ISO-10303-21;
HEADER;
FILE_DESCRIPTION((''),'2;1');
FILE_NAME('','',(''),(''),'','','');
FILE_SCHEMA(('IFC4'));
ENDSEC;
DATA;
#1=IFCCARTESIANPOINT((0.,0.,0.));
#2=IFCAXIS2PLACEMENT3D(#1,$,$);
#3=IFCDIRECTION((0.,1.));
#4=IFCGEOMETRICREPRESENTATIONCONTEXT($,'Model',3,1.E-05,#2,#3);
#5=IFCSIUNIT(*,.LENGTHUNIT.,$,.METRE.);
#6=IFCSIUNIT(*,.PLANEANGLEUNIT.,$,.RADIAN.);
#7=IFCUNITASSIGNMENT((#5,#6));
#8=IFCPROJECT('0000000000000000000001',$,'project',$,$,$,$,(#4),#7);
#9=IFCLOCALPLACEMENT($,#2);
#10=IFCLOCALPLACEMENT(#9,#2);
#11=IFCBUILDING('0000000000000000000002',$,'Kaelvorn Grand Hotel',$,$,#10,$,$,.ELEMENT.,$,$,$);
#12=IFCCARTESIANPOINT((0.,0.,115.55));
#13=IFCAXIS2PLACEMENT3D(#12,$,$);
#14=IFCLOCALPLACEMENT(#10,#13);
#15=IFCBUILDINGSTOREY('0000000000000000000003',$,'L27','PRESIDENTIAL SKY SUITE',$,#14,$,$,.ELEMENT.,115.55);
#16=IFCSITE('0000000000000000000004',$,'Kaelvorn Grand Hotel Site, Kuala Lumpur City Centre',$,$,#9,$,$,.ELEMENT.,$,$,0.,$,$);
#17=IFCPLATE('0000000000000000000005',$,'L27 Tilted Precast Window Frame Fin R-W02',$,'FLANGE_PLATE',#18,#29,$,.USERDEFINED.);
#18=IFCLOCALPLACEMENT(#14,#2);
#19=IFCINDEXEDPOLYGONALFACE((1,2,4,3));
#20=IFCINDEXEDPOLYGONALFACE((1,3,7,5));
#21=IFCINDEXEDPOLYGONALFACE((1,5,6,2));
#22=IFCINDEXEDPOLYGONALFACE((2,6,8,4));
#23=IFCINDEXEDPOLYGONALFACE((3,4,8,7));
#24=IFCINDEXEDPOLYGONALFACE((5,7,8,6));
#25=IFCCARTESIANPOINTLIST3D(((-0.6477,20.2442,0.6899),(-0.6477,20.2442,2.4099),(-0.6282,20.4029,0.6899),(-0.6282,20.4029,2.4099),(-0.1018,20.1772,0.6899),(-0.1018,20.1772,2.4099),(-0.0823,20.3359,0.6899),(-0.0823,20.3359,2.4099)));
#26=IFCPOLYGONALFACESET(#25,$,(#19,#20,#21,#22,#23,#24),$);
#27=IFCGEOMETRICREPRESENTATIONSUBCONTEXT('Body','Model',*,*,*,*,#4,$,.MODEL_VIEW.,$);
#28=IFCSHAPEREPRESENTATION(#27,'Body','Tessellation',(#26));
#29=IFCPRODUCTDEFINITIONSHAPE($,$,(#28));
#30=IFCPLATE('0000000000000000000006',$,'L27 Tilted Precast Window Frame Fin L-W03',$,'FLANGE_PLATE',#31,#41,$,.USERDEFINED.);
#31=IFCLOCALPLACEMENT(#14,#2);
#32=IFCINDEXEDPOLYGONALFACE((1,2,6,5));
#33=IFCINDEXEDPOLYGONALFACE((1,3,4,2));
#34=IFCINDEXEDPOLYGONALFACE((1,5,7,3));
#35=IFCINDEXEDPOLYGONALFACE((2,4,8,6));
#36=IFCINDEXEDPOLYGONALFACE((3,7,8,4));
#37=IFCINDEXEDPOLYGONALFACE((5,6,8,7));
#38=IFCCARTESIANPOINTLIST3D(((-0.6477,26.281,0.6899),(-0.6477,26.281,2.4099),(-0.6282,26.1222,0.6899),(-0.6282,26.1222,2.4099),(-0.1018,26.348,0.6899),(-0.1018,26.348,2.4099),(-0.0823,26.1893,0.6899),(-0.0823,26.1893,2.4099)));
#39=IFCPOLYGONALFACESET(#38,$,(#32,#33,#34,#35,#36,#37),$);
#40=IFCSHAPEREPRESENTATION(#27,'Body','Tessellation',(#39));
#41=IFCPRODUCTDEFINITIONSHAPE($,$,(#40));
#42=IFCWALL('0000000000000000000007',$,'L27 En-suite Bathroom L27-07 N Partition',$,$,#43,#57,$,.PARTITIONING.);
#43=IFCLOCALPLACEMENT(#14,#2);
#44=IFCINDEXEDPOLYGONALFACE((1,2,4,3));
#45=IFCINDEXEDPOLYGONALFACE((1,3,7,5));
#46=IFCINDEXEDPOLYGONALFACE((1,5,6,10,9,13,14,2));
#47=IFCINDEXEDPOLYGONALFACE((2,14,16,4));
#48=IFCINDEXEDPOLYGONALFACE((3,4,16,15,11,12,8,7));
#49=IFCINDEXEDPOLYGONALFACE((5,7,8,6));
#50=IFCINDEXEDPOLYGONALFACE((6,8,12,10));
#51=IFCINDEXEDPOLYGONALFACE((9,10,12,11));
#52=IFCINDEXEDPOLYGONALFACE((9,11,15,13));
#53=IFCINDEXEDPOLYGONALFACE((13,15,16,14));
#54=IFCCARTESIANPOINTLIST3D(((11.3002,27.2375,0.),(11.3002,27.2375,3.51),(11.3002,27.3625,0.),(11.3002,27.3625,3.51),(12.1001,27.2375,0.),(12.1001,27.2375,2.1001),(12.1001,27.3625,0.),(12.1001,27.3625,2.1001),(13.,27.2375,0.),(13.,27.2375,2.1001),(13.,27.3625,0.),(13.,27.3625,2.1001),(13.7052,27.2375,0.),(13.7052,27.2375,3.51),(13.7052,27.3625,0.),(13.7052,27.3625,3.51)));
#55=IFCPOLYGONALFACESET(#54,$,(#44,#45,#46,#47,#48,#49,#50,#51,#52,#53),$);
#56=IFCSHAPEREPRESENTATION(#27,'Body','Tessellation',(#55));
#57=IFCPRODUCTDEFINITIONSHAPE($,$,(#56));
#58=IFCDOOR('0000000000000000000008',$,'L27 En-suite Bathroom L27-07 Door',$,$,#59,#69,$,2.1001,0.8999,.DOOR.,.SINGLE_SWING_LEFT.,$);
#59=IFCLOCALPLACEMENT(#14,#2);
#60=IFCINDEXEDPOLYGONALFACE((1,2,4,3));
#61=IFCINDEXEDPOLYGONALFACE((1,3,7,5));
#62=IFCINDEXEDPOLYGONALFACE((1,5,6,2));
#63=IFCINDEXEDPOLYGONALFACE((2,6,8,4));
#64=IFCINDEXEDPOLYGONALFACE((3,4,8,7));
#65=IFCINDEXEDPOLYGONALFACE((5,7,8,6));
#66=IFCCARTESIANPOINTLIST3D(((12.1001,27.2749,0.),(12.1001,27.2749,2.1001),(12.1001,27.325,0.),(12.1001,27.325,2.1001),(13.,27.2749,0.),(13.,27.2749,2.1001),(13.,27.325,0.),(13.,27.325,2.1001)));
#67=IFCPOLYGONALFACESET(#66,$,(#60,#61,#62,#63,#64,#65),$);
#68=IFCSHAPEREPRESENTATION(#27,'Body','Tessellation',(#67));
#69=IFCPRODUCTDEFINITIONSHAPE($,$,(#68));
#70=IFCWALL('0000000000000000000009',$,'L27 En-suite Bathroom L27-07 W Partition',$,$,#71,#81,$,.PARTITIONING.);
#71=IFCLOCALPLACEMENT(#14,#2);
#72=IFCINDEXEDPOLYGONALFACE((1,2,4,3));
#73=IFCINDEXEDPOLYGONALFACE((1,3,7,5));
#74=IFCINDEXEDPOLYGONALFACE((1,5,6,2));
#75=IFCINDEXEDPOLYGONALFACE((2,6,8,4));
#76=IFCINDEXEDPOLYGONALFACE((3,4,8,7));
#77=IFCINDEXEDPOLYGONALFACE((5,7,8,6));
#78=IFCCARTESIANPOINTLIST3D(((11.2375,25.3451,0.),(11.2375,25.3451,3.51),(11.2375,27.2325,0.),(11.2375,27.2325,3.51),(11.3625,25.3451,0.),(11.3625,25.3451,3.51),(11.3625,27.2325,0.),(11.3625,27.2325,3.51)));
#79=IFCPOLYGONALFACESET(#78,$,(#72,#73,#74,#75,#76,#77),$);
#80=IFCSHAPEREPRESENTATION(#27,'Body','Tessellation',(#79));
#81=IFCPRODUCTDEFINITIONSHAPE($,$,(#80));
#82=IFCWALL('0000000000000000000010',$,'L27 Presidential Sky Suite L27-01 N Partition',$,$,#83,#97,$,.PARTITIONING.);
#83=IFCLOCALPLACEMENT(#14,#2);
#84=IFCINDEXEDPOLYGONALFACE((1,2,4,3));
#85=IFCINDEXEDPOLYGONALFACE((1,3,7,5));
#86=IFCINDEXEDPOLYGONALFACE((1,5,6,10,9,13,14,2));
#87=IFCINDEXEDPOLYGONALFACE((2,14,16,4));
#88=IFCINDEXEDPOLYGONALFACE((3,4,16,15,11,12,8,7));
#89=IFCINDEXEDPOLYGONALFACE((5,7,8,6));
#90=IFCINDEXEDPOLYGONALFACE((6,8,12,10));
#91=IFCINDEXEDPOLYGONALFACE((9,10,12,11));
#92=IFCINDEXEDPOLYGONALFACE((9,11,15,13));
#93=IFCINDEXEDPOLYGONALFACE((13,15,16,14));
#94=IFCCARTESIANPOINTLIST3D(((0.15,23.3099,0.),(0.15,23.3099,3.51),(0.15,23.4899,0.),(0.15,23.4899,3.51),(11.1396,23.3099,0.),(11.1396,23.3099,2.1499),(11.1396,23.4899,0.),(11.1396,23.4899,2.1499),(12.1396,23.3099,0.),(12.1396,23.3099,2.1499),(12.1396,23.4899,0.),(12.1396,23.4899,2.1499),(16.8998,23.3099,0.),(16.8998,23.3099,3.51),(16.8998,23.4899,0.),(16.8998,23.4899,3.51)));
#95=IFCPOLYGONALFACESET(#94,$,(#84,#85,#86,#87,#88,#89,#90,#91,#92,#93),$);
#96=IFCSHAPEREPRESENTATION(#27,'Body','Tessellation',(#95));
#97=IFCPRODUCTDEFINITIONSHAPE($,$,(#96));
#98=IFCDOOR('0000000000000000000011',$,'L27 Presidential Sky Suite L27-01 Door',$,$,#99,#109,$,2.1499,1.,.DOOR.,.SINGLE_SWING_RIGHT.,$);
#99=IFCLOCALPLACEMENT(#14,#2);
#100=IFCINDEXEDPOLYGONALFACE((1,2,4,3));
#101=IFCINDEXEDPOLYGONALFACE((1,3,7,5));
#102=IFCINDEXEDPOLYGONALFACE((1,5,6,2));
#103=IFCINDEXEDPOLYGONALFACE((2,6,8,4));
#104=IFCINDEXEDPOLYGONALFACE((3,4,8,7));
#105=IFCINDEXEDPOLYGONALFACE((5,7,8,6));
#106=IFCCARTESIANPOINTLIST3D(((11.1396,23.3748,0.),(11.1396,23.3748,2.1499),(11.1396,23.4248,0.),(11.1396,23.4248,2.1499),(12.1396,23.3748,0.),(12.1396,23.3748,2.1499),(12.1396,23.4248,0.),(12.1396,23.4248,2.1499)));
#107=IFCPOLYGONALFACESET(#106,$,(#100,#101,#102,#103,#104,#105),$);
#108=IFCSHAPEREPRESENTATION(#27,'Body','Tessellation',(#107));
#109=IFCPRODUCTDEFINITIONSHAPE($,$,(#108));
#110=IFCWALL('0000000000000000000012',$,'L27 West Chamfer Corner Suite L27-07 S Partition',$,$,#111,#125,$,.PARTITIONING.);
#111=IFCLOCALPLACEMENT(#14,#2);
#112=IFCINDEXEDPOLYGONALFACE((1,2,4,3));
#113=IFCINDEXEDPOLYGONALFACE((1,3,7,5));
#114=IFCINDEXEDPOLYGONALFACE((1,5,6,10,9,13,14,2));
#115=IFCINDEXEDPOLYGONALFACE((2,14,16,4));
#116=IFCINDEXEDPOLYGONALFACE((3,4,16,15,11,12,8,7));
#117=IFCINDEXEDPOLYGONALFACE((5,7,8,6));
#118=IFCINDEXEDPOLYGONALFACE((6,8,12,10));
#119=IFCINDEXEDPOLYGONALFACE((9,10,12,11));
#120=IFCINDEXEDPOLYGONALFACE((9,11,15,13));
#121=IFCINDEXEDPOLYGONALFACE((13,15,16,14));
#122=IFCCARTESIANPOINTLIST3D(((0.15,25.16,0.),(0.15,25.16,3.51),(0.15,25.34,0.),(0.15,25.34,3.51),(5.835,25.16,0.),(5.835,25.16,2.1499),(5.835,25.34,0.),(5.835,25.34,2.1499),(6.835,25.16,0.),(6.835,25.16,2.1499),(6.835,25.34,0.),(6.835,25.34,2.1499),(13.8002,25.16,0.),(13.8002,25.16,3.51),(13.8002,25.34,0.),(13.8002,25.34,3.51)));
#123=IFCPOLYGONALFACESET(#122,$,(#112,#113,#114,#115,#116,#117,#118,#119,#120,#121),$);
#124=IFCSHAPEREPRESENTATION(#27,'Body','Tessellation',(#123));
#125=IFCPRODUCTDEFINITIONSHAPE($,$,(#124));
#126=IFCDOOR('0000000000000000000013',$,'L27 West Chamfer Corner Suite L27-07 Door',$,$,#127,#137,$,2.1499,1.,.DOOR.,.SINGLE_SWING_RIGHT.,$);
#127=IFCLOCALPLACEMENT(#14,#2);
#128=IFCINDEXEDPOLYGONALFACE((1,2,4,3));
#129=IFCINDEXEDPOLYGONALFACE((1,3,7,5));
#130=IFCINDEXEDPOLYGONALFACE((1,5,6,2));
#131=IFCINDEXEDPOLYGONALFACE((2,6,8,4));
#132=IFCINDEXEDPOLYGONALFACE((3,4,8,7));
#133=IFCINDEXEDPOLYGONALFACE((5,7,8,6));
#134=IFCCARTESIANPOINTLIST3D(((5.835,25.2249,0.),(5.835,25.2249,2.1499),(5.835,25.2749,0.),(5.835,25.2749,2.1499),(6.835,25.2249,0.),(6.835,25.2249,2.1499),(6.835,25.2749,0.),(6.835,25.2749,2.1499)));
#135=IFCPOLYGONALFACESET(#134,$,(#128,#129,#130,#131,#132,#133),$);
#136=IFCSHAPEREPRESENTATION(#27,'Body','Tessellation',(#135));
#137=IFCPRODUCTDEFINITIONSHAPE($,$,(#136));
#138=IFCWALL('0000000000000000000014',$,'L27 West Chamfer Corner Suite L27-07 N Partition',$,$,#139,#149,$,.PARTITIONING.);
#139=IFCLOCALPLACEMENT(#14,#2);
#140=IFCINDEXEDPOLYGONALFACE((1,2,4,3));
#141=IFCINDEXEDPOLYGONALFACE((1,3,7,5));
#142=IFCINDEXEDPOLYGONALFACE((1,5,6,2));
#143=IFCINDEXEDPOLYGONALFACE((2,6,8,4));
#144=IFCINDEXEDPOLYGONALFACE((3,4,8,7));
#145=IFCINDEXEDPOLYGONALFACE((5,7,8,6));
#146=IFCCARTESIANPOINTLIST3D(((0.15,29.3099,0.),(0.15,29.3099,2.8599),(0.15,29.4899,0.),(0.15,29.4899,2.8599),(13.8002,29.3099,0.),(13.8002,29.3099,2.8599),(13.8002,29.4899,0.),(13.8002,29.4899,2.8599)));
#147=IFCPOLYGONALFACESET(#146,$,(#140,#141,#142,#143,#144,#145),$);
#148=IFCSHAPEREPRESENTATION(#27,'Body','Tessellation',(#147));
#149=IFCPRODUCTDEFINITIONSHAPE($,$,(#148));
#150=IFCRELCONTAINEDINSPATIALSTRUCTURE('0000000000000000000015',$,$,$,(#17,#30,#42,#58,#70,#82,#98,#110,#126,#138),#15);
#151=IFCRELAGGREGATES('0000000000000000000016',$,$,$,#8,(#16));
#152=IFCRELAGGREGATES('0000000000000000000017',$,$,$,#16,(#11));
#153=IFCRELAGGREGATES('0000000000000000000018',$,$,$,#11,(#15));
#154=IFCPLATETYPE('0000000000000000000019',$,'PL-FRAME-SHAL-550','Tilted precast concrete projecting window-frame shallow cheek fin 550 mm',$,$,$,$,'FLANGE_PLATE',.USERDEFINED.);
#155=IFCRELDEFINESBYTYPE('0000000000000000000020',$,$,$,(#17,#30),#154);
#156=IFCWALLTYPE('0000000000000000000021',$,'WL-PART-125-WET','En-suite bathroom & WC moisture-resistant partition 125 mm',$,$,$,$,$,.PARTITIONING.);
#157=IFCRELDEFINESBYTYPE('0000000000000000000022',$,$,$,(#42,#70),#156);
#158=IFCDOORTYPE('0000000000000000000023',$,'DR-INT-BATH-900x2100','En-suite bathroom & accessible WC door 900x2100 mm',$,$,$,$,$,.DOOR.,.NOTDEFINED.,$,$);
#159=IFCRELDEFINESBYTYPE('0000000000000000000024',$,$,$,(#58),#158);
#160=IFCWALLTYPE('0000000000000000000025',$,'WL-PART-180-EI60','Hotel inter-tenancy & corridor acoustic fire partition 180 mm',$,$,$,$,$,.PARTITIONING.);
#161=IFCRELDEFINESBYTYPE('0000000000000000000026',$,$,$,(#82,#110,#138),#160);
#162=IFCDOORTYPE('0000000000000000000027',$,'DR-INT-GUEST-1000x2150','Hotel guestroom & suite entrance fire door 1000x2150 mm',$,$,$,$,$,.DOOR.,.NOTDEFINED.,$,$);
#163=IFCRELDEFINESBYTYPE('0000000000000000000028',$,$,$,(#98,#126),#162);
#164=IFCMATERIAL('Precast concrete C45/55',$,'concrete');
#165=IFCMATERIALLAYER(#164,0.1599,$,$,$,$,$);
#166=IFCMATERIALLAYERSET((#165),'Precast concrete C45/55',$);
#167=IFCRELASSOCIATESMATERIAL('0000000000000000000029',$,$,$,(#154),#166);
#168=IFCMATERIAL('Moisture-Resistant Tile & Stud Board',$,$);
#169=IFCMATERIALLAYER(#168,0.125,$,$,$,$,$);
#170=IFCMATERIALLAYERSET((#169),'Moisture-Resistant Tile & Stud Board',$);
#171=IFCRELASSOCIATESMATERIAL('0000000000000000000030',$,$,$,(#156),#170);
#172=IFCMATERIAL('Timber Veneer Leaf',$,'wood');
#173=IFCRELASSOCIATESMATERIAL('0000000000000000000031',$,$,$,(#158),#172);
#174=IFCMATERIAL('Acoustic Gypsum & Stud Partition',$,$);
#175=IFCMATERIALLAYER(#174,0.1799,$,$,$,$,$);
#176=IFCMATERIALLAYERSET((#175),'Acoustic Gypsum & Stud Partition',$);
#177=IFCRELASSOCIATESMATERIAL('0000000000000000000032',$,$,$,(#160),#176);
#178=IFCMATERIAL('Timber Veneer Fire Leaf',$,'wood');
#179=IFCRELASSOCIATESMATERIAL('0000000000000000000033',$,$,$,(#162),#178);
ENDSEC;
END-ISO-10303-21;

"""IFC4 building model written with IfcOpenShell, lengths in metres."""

from ifc_helpers import new_model, si_unit, direction, frame, frame_2d, origin, origin_2d, place, context, subcontext, project, spatial, rectangle, extrude, material, layer, layer_set, type_object, element, fill, save


model = new_model("IFC4")

# Units and contexts
model_context = context("Model", 3, precision=1e-05, world=origin(), true_north=direction((0.0, 1.0)))
body_context = subcontext(model_context, "Body", "Model", "MODEL_VIEW")
ifc_project = project(units=[si_unit("LENGTHUNIT", "METRE"), si_unit("PLANEANGLEUNIT", "RADIAN")], contexts=[model_context])

# Site, building, storey
site_placement = place(None, origin())
site = spatial("IfcSite", under=ifc_project, at=site_placement, Name="Kaelvorn Grand Hotel Site, Kuala Lumpur City Centre", CompositionType="ELEMENT", RefElevation=0.0)
building_placement = place(site_placement, origin())
building = spatial("IfcBuilding", under=site, at=building_placement, Name="Kaelvorn Grand Hotel", CompositionType="ELEMENT")
storey_placement = place(building_placement, frame((0.0, 0.0, 115.55)))
storey = spatial("IfcBuildingStorey", under=building, at=storey_placement, Name="L27", Description="PRESIDENTIAL SKY SUITE", CompositionType="ELEMENT", Elevation=115.55)

# Plates
ifc_material_1 = material(Name="Precast concrete C45/55", Category="concrete")
ifc_layer_1 = layer(ifc_material_1, 0.1599)
ifc_layer_set_1 = layer_set([ifc_layer_1], Name="Precast concrete C45/55")
plate_type_1 = type_object("IfcPlateType", Name="PL-FRAME-SHAL-550", Description="Tilted precast concrete projecting window-frame shallow cheek fin 550 mm", ElementType="FLANGE_PLATE", PredefinedType="USERDEFINED", material=ifc_layer_set_1)
for number, where, z_axis, x_axis, name in (
    (1, (-0.365, 20.29, 0.6899), (0.0, 0.0, 1.0), (0.121869, 0.992546, 0.0), "L27 Tilted Precast Window Frame Fin R-W02"),
    (2, (-0.365, 26.2351, 0.6899), (0.0, 0.0, 1.0), (-0.121869, 0.992546, 0.0), "L27 Tilted Precast Window Frame Fin L-W03"),
):
    element("IfcPlate", number, at=place(storey_placement, frame(where, z_axis=z_axis, x_axis=x_axis)), inside=storey, type_object=plate_type_1, Name=name, ObjectType="FLANGE_PLATE", PredefinedType="USERDEFINED", context=body_context, shape_type="SweptSolid", body=[
        extrude(rectangle(XDim=0.1599, YDim=0.55, at=origin_2d()), origin(), (0.0, 0.0, 1.0), 1.72),
    ])

# Wall, opening, door
ifc_material_2 = material(Name="Moisture-Resistant Tile & Stud Board")
ifc_layer_2 = layer(ifc_material_2, 0.125)
ifc_layer_set_2 = layer_set([ifc_layer_2], Name="Moisture-Resistant Tile & Stud Board")
wall_type_1 = type_object("IfcWallType", Name="WL-PART-125-WET", Description="En-suite bathroom & WC moisture-resistant partition 125 mm", PredefinedType="PARTITIONING", material=ifc_layer_set_2)
wall_1_placement = place(storey_placement, frame((11.3, 27.3, 0.0), z_axis=(0.0, 0.0, 1.0), x_axis=(1.0, 0.0, 0.0)))
wall_1 = element("IfcWall", 3, at=wall_1_placement, inside=storey, type_object=wall_type_1, Name="L27 En-suite Bathroom L27-07 N Partition", PredefinedType="PARTITIONING", context=body_context, shape_type="SweptSolid", body=[
    extrude(rectangle(XDim=2.405, YDim=0.125, at=frame_2d((1.2026, 0.0))), origin(), (0.0, 0.0, 1.0), 3.51),
])
opening_1_placement = place(wall_1_placement, frame((0.8, 0.0, 0.0)))
opening_1 = element("IfcOpeningElement", 4, at=opening_1_placement, cuts=wall_1, PredefinedType="OPENING", context=body_context, shape_type="SweptSolid", body=[
    extrude(rectangle(XDim=0.8999, YDim=2.1001, at=frame_2d((0.45, 1.05))), frame((0.0, 0.0725, 0.0), z_axis=(0.0, -1.0, 0.0), x_axis=(1.0, 0.0, 0.0)), (0.0, 0.0, 1.0), 0.145),
])
ifc_material_3 = material(Name="Timber Veneer Leaf", Category="wood")
door_type_1 = type_object("IfcDoorType", Name="DR-INT-BATH-900x2100", Description="En-suite bathroom & accessible WC door 900x2100 mm", OperationType="NOTDEFINED", PredefinedType="DOOR", material=ifc_material_3)
door_1_placement = place(opening_1_placement, origin())
door_1 = element("IfcDoor", 5, at=door_1_placement, inside=storey, type_object=door_type_1, Name="L27 En-suite Bathroom L27-07 Door", OperationType="SINGLE_SWING_LEFT", OverallHeight=2.1001, OverallWidth=0.8999, PredefinedType="DOOR", context=body_context, shape_type="SweptSolid", body=[
    extrude(rectangle(XDim=0.8999, YDim=2.1001, at=frame_2d((0.45, 1.05))), frame((0.0, 0.0249, 0.0), z_axis=(0.0, -1.0, 0.0), x_axis=(1.0, 0.0, 0.0)), (0.0, 0.0, 1.0), 0.05),
])
fill(opening_1, door_1)

# Wall
wall_2_placement = place(storey_placement, frame((11.3, 25.345, 0.0), z_axis=(0.0, 0.0, 1.0), x_axis=(0.0, 1.0, 0.0)))
element("IfcWall", 6, at=wall_2_placement, inside=storey, type_object=wall_type_1, Name="L27 En-suite Bathroom L27-07 W Partition", PredefinedType="PARTITIONING", context=body_context, shape_type="SweptSolid", body=[
    extrude(rectangle(XDim=1.8875, YDim=0.125, at=frame_2d((0.9438, 0.0))), origin(), (0.0, 0.0, 1.0), 3.51),
])

# Walls, openings, doors
ifc_material_4 = material(Name="Acoustic Gypsum & Stud Partition")
ifc_layer_3 = layer(ifc_material_4, 0.1799)
ifc_layer_set_3 = layer_set([ifc_layer_3], Name="Acoustic Gypsum & Stud Partition")
wall_type_2 = type_object("IfcWallType", Name="WL-PART-180-EI60", Description="Hotel inter-tenancy & corridor acoustic fire partition 180 mm", PredefinedType="PARTITIONING", material=ifc_layer_set_3)
wall_3_placement = place(storey_placement, frame((0.1499, 23.3999, 0.0), z_axis=(0.0, 0.0, 1.0), x_axis=(1.0, 0.0, 0.0)))
wall_3 = element("IfcWall", 7, at=wall_3_placement, inside=storey, type_object=wall_type_2, Name="L27 Presidential Sky Suite L27-01 N Partition", PredefinedType="PARTITIONING", context=body_context, shape_type="SweptSolid", body=[
    extrude(rectangle(XDim=16.7498, YDim=0.1799, at=frame_2d((8.375, 0.0))), origin(), (0.0, 0.0, 1.0), 3.51),
])
opening_2_placement = place(wall_3_placement, frame((10.9897, 0.0, 0.0)))
opening_2 = element("IfcOpeningElement", 8, at=opening_2_placement, cuts=wall_3, PredefinedType="OPENING", context=body_context, shape_type="SweptSolid", body=[
    extrude(rectangle(XDim=1.0, YDim=2.1499, at=frame_2d((0.5, 1.075))), frame((0.0, 0.1001, 0.0), z_axis=(0.0, -1.0, 0.0), x_axis=(1.0, 0.0, 0.0)), (0.0, 0.0, 1.0), 0.2),
])
ifc_material_5 = material(Name="Timber Veneer Fire Leaf", Category="wood")
door_type_2 = type_object("IfcDoorType", Name="DR-INT-GUEST-1000x2150", Description="Hotel guestroom & suite entrance fire door 1000x2150 mm", OperationType="NOTDEFINED", PredefinedType="DOOR", material=ifc_material_5)
door_2_placement = place(opening_2_placement, origin())
door_2 = element("IfcDoor", 9, at=door_2_placement, inside=storey, type_object=door_type_2, Name="L27 Presidential Sky Suite L27-01 Door", OperationType="SINGLE_SWING_RIGHT", OverallHeight=2.1499, OverallWidth=1.0, PredefinedType="DOOR", context=body_context, shape_type="SweptSolid", body=[
    extrude(rectangle(XDim=1.0, YDim=2.1499, at=frame_2d((0.5, 1.075))), frame((0.0, 0.0249, 0.0), z_axis=(0.0, -1.0, 0.0), x_axis=(1.0, 0.0, 0.0)), (0.0, 0.0, 1.0), 0.05),
])
fill(opening_2, door_2)
wall_4_placement = place(storey_placement, frame((0.1499, 25.25, 0.0), z_axis=(0.0, 0.0, 1.0), x_axis=(1.0, 0.0, 0.0)))
wall_4 = element("IfcWall", 10, at=wall_4_placement, inside=storey, type_object=wall_type_2, Name="L27 West Chamfer Corner Suite L27-07 S Partition", PredefinedType="PARTITIONING", context=body_context, shape_type="SweptSolid", body=[
    extrude(rectangle(XDim=13.6501, YDim=0.1799, at=frame_2d((6.8252, 0.0))), origin(), (0.0, 0.0, 1.0), 3.51),
])
opening_3_placement = place(wall_4_placement, frame((5.6851, 0.0, 0.0)))
opening_3 = element("IfcOpeningElement", 11, at=opening_3_placement, cuts=wall_4, PredefinedType="OPENING", context=body_context, shape_type="SweptSolid", body=[
    extrude(rectangle(XDim=1.0, YDim=2.1499, at=frame_2d((0.5, 1.075))), frame((0.0, 0.1001, 0.0), z_axis=(0.0, -1.0, 0.0), x_axis=(1.0, 0.0, 0.0)), (0.0, 0.0, 1.0), 0.2),
])
door_3_placement = place(opening_3_placement, origin())
door_3 = element("IfcDoor", 12, at=door_3_placement, inside=storey, type_object=door_type_2, Name="L27 West Chamfer Corner Suite L27-07 Door", OperationType="SINGLE_SWING_RIGHT", OverallHeight=2.1499, OverallWidth=1.0, PredefinedType="DOOR", context=body_context, shape_type="SweptSolid", body=[
    extrude(rectangle(XDim=1.0, YDim=2.1499, at=frame_2d((0.5, 1.075))), frame((0.0, 0.0249, 0.0), z_axis=(0.0, -1.0, 0.0), x_axis=(1.0, 0.0, 0.0)), (0.0, 0.0, 1.0), 0.05),
])
fill(opening_3, door_3)

# Wall
wall_5_placement = place(storey_placement, frame((0.1499, 29.3999, 0.0), z_axis=(0.0, 0.0, 1.0), x_axis=(1.0, 0.0, 0.0)))
element("IfcWall", 13, at=wall_5_placement, inside=storey, type_object=wall_type_2, Name="L27 West Chamfer Corner Suite L27-07 N Partition", PredefinedType="PARTITIONING", context=body_context, shape_type="SweptSolid", body=[
    extrude(rectangle(XDim=13.6501, YDim=0.1799, at=frame_2d((6.8252, 0.0))), origin(), (0.0, 0.0, 1.0), 2.8599),
])

save(model, "model.ifc")
